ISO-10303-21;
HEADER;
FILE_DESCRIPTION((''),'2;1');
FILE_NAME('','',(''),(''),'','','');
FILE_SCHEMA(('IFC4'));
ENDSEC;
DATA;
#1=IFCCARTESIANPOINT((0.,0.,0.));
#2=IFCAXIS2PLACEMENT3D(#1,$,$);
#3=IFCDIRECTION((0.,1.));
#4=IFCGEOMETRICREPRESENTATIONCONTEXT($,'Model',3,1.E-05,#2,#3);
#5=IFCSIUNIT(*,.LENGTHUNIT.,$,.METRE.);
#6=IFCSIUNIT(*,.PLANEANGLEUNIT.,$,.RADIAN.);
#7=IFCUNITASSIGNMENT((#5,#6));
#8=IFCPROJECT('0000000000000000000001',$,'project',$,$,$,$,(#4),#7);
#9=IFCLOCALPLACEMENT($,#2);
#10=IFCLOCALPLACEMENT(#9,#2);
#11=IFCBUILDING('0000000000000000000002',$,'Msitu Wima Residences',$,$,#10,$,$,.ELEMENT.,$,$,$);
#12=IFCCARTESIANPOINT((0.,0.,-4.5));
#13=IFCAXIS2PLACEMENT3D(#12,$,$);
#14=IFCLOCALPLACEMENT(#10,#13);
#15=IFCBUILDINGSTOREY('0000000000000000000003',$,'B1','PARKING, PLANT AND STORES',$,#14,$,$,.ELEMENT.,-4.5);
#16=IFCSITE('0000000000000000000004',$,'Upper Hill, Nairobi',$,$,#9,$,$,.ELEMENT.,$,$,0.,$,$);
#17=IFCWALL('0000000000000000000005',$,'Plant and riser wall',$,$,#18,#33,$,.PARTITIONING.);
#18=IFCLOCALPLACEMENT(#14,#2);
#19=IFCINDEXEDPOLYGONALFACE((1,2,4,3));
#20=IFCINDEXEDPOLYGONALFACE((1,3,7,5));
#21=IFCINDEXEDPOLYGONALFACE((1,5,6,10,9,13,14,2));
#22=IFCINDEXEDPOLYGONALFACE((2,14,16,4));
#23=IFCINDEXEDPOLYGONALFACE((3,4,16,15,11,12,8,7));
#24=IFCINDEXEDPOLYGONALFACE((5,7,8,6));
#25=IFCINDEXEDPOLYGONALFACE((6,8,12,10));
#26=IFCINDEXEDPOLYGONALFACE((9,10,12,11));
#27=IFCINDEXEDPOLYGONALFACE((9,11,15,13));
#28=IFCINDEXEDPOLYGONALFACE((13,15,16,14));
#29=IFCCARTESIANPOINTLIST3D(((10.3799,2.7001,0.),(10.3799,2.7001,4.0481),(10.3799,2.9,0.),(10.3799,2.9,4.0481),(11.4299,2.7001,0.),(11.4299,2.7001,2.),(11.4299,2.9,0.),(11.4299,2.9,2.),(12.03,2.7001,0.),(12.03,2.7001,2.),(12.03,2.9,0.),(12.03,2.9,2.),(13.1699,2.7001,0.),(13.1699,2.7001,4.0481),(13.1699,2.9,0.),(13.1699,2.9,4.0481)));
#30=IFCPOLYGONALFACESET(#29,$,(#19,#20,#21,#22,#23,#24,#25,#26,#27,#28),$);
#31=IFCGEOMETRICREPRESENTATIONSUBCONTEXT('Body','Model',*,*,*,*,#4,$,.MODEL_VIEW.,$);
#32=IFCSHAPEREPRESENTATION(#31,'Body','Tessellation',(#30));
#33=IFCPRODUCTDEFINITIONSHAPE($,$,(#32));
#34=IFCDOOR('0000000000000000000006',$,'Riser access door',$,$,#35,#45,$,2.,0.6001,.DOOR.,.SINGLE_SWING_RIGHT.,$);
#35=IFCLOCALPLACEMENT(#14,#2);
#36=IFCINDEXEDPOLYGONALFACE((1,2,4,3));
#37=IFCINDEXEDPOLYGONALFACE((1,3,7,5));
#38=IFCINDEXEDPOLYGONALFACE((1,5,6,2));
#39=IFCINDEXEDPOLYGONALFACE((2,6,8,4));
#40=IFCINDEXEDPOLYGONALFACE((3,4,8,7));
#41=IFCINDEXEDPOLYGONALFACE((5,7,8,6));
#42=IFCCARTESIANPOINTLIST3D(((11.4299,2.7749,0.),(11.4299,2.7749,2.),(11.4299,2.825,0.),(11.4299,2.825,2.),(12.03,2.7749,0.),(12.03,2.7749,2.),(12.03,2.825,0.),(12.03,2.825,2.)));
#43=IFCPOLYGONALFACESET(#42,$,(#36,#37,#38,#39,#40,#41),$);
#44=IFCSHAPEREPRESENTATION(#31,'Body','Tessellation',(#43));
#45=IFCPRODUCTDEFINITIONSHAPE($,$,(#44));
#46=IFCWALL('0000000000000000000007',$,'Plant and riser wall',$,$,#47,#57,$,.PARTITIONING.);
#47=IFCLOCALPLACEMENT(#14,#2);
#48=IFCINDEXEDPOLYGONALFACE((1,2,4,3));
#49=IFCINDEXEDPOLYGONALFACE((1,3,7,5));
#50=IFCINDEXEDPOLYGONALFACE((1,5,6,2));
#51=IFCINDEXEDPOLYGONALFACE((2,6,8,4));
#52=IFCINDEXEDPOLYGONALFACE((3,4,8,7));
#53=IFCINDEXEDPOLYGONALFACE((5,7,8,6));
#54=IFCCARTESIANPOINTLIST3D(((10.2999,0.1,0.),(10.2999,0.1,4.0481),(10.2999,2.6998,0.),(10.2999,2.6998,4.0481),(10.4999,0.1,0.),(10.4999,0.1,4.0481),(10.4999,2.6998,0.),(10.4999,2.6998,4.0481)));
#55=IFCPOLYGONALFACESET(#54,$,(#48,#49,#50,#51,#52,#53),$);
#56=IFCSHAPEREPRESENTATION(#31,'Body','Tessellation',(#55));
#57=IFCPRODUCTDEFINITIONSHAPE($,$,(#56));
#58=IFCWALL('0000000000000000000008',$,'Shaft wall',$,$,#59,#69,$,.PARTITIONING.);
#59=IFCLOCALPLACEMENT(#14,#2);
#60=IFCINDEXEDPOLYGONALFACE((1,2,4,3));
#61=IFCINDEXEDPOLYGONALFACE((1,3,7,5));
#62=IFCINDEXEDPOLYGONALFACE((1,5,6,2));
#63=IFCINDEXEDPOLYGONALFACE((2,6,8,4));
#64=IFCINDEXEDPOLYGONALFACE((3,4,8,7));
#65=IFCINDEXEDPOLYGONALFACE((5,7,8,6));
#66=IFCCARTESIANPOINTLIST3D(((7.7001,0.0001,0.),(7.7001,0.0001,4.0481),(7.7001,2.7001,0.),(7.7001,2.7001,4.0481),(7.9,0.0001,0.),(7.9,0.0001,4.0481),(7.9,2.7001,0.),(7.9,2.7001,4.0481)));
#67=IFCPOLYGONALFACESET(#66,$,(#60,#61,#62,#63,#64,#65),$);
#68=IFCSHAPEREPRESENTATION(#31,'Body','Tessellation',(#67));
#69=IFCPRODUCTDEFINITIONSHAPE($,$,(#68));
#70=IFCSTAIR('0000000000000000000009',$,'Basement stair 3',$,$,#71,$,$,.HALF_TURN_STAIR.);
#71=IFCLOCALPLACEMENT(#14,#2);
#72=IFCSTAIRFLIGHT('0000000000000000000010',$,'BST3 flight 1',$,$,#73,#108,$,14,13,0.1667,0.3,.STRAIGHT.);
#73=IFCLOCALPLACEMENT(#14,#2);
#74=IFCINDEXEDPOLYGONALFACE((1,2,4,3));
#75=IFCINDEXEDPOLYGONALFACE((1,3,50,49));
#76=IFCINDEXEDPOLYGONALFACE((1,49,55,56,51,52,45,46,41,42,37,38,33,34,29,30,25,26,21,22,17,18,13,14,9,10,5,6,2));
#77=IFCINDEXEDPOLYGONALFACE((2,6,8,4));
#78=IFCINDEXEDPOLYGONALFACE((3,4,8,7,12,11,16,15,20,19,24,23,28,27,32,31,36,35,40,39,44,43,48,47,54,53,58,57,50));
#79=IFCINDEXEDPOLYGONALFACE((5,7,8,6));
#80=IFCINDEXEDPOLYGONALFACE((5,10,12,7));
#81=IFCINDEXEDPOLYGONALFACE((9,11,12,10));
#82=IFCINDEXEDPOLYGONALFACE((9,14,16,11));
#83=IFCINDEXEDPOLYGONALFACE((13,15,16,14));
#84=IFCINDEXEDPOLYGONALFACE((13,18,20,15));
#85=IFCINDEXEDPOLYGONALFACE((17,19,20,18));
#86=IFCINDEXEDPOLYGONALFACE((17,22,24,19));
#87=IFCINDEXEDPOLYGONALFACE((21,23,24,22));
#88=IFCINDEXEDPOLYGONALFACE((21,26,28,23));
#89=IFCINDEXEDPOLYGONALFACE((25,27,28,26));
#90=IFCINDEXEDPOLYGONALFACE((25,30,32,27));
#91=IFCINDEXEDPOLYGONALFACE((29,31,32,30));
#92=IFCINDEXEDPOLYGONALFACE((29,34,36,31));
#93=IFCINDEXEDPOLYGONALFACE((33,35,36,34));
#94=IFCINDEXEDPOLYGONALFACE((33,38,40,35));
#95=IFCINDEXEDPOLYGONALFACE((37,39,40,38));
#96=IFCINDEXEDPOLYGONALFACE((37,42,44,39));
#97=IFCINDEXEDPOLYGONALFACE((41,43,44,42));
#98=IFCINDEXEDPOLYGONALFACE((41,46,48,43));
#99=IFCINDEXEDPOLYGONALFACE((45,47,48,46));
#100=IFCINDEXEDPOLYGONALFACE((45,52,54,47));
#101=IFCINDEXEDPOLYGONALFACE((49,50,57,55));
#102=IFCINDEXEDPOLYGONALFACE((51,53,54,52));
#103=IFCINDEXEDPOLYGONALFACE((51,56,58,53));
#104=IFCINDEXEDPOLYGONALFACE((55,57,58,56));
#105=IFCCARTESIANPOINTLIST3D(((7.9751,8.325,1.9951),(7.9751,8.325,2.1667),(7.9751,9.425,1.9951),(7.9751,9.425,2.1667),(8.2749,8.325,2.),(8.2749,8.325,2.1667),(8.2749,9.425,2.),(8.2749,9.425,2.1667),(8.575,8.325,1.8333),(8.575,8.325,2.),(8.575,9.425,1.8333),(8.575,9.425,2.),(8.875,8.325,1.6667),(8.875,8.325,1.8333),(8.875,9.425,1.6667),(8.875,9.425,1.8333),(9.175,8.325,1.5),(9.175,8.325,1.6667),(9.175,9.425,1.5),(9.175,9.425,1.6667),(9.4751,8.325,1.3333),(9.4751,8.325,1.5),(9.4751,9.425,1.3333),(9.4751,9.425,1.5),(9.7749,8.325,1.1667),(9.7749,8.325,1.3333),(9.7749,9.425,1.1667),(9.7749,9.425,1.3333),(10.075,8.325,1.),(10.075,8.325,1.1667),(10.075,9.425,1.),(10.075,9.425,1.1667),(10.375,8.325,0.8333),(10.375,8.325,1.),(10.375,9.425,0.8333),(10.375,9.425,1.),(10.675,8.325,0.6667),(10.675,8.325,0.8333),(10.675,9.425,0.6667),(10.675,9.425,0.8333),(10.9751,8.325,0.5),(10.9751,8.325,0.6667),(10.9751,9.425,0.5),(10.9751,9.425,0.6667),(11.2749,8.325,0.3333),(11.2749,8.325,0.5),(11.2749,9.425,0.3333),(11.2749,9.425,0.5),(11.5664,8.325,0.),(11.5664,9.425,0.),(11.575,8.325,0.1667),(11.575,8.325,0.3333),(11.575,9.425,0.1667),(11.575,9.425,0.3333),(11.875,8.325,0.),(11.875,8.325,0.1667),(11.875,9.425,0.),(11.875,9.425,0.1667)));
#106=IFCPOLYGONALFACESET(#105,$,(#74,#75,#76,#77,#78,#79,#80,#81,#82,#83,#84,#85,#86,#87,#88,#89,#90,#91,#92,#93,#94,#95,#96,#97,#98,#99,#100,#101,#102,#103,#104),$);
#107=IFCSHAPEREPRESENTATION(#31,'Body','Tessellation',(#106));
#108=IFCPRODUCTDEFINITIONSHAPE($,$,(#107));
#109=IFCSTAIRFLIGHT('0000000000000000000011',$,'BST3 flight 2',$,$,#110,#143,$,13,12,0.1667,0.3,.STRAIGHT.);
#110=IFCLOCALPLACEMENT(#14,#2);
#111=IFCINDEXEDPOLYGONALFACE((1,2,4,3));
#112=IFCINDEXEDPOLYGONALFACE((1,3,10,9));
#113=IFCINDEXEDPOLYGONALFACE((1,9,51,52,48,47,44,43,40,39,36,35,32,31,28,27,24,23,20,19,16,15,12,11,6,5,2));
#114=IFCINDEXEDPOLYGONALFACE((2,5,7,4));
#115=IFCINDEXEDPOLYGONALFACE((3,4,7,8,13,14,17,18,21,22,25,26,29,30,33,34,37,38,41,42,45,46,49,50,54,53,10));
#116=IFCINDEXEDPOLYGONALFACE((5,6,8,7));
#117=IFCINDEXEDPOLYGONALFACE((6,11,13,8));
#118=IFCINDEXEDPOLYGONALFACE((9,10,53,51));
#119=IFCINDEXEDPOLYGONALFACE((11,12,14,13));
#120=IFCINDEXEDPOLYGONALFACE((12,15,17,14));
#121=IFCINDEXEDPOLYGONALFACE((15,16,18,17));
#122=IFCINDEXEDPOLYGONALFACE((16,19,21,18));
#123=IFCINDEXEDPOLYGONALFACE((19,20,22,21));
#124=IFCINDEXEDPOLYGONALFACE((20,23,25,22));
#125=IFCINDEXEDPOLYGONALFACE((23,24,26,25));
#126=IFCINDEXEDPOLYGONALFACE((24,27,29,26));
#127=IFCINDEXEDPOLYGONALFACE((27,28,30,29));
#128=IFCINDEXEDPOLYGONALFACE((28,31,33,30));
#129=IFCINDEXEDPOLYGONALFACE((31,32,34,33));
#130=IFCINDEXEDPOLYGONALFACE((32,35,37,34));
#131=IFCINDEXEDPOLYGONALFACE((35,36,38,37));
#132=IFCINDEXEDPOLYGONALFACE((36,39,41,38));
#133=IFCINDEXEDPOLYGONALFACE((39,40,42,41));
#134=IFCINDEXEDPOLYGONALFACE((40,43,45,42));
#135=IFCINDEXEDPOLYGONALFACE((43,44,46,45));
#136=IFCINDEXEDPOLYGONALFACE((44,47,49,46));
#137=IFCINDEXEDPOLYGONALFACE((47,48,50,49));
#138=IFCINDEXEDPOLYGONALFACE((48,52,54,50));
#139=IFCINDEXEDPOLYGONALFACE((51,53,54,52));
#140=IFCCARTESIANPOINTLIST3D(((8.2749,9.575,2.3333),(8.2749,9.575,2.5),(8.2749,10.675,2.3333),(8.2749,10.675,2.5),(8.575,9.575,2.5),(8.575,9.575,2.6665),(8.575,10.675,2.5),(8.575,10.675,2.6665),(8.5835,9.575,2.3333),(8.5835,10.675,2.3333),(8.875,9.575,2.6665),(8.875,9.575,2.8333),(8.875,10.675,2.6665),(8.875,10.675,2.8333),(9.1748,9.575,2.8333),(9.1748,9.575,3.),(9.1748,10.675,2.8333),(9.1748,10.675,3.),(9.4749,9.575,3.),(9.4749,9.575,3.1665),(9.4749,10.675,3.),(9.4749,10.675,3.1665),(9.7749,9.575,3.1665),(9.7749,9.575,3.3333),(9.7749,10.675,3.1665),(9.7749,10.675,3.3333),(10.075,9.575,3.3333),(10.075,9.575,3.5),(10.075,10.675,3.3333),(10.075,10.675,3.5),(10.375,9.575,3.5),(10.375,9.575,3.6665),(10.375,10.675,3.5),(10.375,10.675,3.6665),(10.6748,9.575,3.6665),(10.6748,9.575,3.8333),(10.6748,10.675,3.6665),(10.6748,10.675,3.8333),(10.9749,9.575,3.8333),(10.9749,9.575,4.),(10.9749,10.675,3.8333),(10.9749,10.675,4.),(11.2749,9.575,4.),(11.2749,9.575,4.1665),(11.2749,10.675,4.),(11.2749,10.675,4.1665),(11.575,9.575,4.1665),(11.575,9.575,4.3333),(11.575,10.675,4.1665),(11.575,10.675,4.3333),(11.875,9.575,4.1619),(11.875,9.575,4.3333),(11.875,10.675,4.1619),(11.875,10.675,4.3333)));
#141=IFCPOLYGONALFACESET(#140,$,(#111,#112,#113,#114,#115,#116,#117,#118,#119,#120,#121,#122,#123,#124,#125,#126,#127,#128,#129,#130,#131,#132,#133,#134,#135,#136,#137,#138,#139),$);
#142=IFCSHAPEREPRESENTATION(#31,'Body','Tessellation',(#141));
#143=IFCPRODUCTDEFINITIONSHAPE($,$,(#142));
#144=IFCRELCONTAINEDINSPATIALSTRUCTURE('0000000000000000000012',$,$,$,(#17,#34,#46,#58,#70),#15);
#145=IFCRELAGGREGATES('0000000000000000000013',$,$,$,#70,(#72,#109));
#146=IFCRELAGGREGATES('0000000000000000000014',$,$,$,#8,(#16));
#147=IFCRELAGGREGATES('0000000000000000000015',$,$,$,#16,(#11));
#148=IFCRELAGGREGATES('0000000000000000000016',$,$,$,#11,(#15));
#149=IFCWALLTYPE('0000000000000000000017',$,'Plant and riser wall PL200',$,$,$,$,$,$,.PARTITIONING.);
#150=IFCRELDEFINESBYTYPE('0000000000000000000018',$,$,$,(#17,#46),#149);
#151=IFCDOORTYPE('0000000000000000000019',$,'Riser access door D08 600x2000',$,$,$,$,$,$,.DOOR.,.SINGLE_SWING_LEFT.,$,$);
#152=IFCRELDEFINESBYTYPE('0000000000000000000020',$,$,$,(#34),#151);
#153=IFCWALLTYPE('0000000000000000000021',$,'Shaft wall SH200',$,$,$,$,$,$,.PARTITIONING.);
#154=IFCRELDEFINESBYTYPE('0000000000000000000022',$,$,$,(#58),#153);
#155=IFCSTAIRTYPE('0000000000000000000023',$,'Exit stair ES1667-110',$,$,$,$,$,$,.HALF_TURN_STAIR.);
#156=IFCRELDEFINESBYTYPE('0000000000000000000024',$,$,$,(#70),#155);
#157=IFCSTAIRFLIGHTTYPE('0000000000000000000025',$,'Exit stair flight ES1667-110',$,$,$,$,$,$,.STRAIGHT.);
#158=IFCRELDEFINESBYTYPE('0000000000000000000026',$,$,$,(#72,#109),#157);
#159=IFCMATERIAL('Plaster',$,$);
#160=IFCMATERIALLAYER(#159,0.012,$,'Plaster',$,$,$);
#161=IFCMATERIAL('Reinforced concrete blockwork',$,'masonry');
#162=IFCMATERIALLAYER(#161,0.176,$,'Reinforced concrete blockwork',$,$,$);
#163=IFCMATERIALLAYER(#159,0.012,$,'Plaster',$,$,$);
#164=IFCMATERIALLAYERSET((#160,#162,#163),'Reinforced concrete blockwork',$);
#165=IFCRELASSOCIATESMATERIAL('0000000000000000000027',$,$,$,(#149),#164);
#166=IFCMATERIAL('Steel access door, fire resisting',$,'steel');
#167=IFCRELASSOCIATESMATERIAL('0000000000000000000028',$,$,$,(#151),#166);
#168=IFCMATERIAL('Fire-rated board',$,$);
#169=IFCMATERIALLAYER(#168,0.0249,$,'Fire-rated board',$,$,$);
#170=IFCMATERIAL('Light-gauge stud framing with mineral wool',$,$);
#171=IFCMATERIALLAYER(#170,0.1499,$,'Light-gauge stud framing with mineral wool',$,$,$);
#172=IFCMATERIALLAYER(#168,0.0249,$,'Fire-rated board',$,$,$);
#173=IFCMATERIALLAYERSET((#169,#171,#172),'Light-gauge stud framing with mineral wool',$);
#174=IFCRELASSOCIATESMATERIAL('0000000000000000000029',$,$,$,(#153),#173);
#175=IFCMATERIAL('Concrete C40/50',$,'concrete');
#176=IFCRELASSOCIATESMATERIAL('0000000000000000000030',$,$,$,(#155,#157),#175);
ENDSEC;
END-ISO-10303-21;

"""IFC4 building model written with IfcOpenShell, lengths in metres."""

from ifc_helpers import new_model, si_unit, direction, frame, frame_2d, origin, place, context, subcontext, project, spatial, polyline, rectangle, outline, extrude, material, layer, layer_set, type_object, element, fill, aggregate, save


model = new_model("IFC4")

# Units and contexts
model_context = context("Model", 3, precision=1e-05, world=origin(), true_north=direction((0.0, 1.0)))
body_context = subcontext(model_context, "Body", "Model", "MODEL_VIEW")
ifc_project = project(units=[si_unit("LENGTHUNIT", "METRE"), si_unit("PLANEANGLEUNIT", "RADIAN")], contexts=[model_context])

# Site, building, storey
site_placement = place(None, origin())
site = spatial("IfcSite", under=ifc_project, at=site_placement, Name="Upper Hill, Nairobi", CompositionType="ELEMENT", RefElevation=0.0)
building_placement = place(site_placement, origin())
building = spatial("IfcBuilding", under=site, at=building_placement, Name="Msitu Wima Residences", CompositionType="ELEMENT")
storey_placement = place(building_placement, frame((0.0, 0.0, -4.5)))
storey = spatial("IfcBuildingStorey", under=building, at=storey_placement, Name="B1", Description="PARKING, PLANT AND STORES", CompositionType="ELEMENT", Elevation=-4.5)

# Shared definitions
ifc_material_1 = material(Name="Concrete C40/50", Category="concrete")

# Shared definitions
ifc_material_2 = material(Name="Plaster")

# Shared definitions
ifc_layer_1 = layer(ifc_material_2, 0.012, Name="Plaster")
ifc_material_3 = material(Name="Reinforced concrete blockwork", Category="masonry")
ifc_layer_2 = layer(ifc_material_3, 0.176, Name="Reinforced concrete blockwork")
ifc_layer_3 = layer(ifc_material_2, 0.012, Name="Plaster")
ifc_layer_set_1 = layer_set([ifc_layer_1, ifc_layer_2, ifc_layer_3], Name="Reinforced concrete blockwork")
wall_type_1 = type_object("IfcWallType", Name="Plant and riser wall PL200", PredefinedType="PARTITIONING", material=ifc_layer_set_1)

# Wall, opening, door
wall_1_placement = place(storey_placement, frame((10.3799, 2.8, 0.0), z_axis=(0.0, 0.0, 1.0), x_axis=(1.0, 0.0, 0.0)))
wall_1 = element("IfcWall", 1, at=wall_1_placement, inside=storey, type_object=wall_type_1, Name="Plant and riser wall", PredefinedType="PARTITIONING", context=body_context, shape_type="SweptSolid", body=[
    extrude(rectangle(XDim=2.79, YDim=0.2, at=frame_2d((1.395, 0.0))), origin(), (0.0, 0.0, 1.0), 4.0481),
])
opening_1_placement = place(wall_1_placement, frame((1.05, 0.0, 0.0)))
opening_1 = element("IfcOpeningElement", 2, at=opening_1_placement, cuts=wall_1, PredefinedType="OPENING", context=body_context, shape_type="SweptSolid", body=[
    extrude(rectangle(XDim=0.6001, YDim=2.0, at=frame_2d((0.3, 1.0))), frame((0.0, 0.1099, 0.0), z_axis=(0.0, -1.0, 0.0), x_axis=(1.0, 0.0, 0.0)), (0.0, 0.0, 1.0), 0.22),
])
ifc_material_4 = material(Name="Steel access door, fire resisting", Category="steel")
door_type_1 = type_object("IfcDoorType", Name="Riser access door D08 600x2000", OperationType="SINGLE_SWING_LEFT", PredefinedType="DOOR", material=ifc_material_4)
door_1_placement = place(opening_1_placement, origin())
door_1 = element("IfcDoor", 3, at=door_1_placement, inside=storey, type_object=door_type_1, Name="Riser access door", OperationType="SINGLE_SWING_RIGHT", OverallHeight=2.0, OverallWidth=0.6001, PredefinedType="DOOR", context=body_context, shape_type="SweptSolid", body=[
    extrude(rectangle(XDim=0.6001, YDim=2.0, at=frame_2d((0.3, 1.0))), frame((0.0, 0.0249, 0.0), z_axis=(0.0, -1.0, 0.0), x_axis=(1.0, 0.0, 0.0)), (0.0, 0.0, 1.0), 0.05),
])
fill(opening_1, door_1)

# Walls
wall_2_placement = place(storey_placement, frame((10.3999, 0.1001, 0.0), z_axis=(0.0, 0.0, 1.0), x_axis=(0.0, 1.0, 0.0)))
element("IfcWall", 4, at=wall_2_placement, inside=storey, type_object=wall_type_1, Name="Plant and riser wall", PredefinedType="PARTITIONING", context=body_context, shape_type="SweptSolid", body=[
    extrude(rectangle(XDim=2.5999, YDim=0.2, at=frame_2d((1.2998, 0.0))), origin(), (0.0, 0.0, 1.0), 4.0481),
])
ifc_material_5 = material(Name="Fire-rated board")
ifc_layer_4 = layer(ifc_material_5, 0.0249, Name="Fire-rated board")
ifc_material_6 = material(Name="Light-gauge stud framing with mineral wool")
ifc_layer_5 = layer(ifc_material_6, 0.1499, Name="Light-gauge stud framing with mineral wool")
ifc_layer_6 = layer(ifc_material_5, 0.0249, Name="Fire-rated board")
ifc_layer_set_2 = layer_set([ifc_layer_4, ifc_layer_5, ifc_layer_6], Name="Light-gauge stud framing with mineral wool")
wall_type_2 = type_object("IfcWallType", Name="Shaft wall SH200", PredefinedType="PARTITIONING", material=ifc_layer_set_2)
wall_3_placement = place(storey_placement, frame((7.8, 0.0, 0.0), z_axis=(0.0, 0.0, 1.0), x_axis=(0.0, 1.0, 0.0)))
element("IfcWall", 5, at=wall_3_placement, inside=storey, type_object=wall_type_2, Name="Shaft wall", PredefinedType="PARTITIONING", context=body_context, shape_type="SweptSolid", body=[
    extrude(rectangle(XDim=2.7, YDim=0.2, at=frame_2d((1.3501, 0.0))), origin(), (0.0, 0.0, 1.0), 4.0481),
])

# Stair, stair flights
stair_type = type_object("IfcStairType", Name="Exit stair ES1667-110", PredefinedType="HALF_TURN_STAIR", material=ifc_material_1)
stair_placement = place(storey_placement, origin())
stair = element("IfcStair", 6, at=stair_placement, inside=storey, type_object=stair_type, Name="Basement stair 3", PredefinedType="HALF_TURN_STAIR")
stair_flight_type = type_object("IfcStairFlightType", Name="Exit stair flight ES1667-110", PredefinedType="STRAIGHT", material=ifc_material_1)
stair_flight_1_placement = place(storey_placement, frame((11.875, 8.875, 0.0), z_axis=(0.0, 0.0, 1.0), x_axis=(-1.0, 0.0, 0.0)))
stair_flight_1 = element("IfcStairFlight", 7, at=stair_flight_1_placement, type_object=stair_flight_type, Name="BST3 flight 1", NumberOfRisers=14, NumberOfTreads=13, PredefinedType="STRAIGHT", RiserHeight=0.1667, TreadLength=0.3, context=body_context, shape_type="SweptSolid", body=[
    extrude(outline(polyline([(0.0, 0.0), (0.0, 0.1667), (0.3, 0.1667), (0.3, 0.3333), (0.6001, 0.3333), (0.6001, 0.5), (0.8999, 0.5), (0.8999, 0.6667), (1.2, 0.6667), (1.2, 0.8333), (1.5, 0.8333), (1.5, 1.0), (1.8, 1.0), (1.8, 1.1667), (2.1001, 1.1667), (2.1001, 1.3333), (2.3999, 1.3333), (2.3999, 1.5), (2.7, 1.5), (2.7, 1.6667), (3.0, 1.6667), (3.0, 1.8333), (3.3, 1.8333), (3.3, 2.0), (3.6001, 2.0), (3.6001, 2.1667), (3.8999, 2.1667), (3.8999, 2.3333), (3.8999, 1.9951), (0.3086, 0.0), (0.0, 0.0)])), frame((0.0, 0.55, 0.0), z_axis=(0.0, -1.0, 0.0), x_axis=(1.0, 0.0, 0.0)), (0.0, 0.0, 1.0), 1.1001),
])
stair_flight_2_placement = place(storey_placement, frame((8.2749, 10.125, 2.3333), z_axis=(0.0, 0.0, 1.0), x_axis=(1.0, 0.0, 0.0)))
stair_flight_2 = element("IfcStairFlight", 8, at=stair_flight_2_placement, type_object=stair_flight_type, Name="BST3 flight 2", NumberOfRisers=13, NumberOfTreads=12, PredefinedType="STRAIGHT", RiserHeight=0.1667, TreadLength=0.3, context=body_context, shape_type="SweptSolid", body=[
    extrude(outline(polyline([(0.0, 0.0), (0.0, 0.1667), (0.3, 0.1667), (0.3, 0.3333), (0.6001, 0.3333), (0.6001, 0.5), (0.8999, 0.5), (0.8999, 0.6667), (1.2, 0.6667), (1.2, 0.8333), (1.5, 0.8333), (1.5, 1.0), (1.8, 1.0), (1.8, 1.1667), (2.1001, 1.1667), (2.1001, 1.3333), (2.3999, 1.3333), (2.3999, 1.5), (2.7, 1.5), (2.7, 1.6667), (3.0, 1.6667), (3.0, 1.8333), (3.3, 1.8333), (3.3, 2.0), (3.6001, 2.0), (3.6001, 2.1667), (3.6001, 1.8286), (0.3086, 0.0), (0.0, 0.0)])), frame((0.0, 0.55, 0.0), z_axis=(0.0, -1.0, 0.0), x_axis=(1.0, 0.0, 0.0)), (0.0, 0.0, 1.0), 1.1001),
])
aggregate(stair, [stair_flight_1, stair_flight_2])

save(model, "model.ifc")
